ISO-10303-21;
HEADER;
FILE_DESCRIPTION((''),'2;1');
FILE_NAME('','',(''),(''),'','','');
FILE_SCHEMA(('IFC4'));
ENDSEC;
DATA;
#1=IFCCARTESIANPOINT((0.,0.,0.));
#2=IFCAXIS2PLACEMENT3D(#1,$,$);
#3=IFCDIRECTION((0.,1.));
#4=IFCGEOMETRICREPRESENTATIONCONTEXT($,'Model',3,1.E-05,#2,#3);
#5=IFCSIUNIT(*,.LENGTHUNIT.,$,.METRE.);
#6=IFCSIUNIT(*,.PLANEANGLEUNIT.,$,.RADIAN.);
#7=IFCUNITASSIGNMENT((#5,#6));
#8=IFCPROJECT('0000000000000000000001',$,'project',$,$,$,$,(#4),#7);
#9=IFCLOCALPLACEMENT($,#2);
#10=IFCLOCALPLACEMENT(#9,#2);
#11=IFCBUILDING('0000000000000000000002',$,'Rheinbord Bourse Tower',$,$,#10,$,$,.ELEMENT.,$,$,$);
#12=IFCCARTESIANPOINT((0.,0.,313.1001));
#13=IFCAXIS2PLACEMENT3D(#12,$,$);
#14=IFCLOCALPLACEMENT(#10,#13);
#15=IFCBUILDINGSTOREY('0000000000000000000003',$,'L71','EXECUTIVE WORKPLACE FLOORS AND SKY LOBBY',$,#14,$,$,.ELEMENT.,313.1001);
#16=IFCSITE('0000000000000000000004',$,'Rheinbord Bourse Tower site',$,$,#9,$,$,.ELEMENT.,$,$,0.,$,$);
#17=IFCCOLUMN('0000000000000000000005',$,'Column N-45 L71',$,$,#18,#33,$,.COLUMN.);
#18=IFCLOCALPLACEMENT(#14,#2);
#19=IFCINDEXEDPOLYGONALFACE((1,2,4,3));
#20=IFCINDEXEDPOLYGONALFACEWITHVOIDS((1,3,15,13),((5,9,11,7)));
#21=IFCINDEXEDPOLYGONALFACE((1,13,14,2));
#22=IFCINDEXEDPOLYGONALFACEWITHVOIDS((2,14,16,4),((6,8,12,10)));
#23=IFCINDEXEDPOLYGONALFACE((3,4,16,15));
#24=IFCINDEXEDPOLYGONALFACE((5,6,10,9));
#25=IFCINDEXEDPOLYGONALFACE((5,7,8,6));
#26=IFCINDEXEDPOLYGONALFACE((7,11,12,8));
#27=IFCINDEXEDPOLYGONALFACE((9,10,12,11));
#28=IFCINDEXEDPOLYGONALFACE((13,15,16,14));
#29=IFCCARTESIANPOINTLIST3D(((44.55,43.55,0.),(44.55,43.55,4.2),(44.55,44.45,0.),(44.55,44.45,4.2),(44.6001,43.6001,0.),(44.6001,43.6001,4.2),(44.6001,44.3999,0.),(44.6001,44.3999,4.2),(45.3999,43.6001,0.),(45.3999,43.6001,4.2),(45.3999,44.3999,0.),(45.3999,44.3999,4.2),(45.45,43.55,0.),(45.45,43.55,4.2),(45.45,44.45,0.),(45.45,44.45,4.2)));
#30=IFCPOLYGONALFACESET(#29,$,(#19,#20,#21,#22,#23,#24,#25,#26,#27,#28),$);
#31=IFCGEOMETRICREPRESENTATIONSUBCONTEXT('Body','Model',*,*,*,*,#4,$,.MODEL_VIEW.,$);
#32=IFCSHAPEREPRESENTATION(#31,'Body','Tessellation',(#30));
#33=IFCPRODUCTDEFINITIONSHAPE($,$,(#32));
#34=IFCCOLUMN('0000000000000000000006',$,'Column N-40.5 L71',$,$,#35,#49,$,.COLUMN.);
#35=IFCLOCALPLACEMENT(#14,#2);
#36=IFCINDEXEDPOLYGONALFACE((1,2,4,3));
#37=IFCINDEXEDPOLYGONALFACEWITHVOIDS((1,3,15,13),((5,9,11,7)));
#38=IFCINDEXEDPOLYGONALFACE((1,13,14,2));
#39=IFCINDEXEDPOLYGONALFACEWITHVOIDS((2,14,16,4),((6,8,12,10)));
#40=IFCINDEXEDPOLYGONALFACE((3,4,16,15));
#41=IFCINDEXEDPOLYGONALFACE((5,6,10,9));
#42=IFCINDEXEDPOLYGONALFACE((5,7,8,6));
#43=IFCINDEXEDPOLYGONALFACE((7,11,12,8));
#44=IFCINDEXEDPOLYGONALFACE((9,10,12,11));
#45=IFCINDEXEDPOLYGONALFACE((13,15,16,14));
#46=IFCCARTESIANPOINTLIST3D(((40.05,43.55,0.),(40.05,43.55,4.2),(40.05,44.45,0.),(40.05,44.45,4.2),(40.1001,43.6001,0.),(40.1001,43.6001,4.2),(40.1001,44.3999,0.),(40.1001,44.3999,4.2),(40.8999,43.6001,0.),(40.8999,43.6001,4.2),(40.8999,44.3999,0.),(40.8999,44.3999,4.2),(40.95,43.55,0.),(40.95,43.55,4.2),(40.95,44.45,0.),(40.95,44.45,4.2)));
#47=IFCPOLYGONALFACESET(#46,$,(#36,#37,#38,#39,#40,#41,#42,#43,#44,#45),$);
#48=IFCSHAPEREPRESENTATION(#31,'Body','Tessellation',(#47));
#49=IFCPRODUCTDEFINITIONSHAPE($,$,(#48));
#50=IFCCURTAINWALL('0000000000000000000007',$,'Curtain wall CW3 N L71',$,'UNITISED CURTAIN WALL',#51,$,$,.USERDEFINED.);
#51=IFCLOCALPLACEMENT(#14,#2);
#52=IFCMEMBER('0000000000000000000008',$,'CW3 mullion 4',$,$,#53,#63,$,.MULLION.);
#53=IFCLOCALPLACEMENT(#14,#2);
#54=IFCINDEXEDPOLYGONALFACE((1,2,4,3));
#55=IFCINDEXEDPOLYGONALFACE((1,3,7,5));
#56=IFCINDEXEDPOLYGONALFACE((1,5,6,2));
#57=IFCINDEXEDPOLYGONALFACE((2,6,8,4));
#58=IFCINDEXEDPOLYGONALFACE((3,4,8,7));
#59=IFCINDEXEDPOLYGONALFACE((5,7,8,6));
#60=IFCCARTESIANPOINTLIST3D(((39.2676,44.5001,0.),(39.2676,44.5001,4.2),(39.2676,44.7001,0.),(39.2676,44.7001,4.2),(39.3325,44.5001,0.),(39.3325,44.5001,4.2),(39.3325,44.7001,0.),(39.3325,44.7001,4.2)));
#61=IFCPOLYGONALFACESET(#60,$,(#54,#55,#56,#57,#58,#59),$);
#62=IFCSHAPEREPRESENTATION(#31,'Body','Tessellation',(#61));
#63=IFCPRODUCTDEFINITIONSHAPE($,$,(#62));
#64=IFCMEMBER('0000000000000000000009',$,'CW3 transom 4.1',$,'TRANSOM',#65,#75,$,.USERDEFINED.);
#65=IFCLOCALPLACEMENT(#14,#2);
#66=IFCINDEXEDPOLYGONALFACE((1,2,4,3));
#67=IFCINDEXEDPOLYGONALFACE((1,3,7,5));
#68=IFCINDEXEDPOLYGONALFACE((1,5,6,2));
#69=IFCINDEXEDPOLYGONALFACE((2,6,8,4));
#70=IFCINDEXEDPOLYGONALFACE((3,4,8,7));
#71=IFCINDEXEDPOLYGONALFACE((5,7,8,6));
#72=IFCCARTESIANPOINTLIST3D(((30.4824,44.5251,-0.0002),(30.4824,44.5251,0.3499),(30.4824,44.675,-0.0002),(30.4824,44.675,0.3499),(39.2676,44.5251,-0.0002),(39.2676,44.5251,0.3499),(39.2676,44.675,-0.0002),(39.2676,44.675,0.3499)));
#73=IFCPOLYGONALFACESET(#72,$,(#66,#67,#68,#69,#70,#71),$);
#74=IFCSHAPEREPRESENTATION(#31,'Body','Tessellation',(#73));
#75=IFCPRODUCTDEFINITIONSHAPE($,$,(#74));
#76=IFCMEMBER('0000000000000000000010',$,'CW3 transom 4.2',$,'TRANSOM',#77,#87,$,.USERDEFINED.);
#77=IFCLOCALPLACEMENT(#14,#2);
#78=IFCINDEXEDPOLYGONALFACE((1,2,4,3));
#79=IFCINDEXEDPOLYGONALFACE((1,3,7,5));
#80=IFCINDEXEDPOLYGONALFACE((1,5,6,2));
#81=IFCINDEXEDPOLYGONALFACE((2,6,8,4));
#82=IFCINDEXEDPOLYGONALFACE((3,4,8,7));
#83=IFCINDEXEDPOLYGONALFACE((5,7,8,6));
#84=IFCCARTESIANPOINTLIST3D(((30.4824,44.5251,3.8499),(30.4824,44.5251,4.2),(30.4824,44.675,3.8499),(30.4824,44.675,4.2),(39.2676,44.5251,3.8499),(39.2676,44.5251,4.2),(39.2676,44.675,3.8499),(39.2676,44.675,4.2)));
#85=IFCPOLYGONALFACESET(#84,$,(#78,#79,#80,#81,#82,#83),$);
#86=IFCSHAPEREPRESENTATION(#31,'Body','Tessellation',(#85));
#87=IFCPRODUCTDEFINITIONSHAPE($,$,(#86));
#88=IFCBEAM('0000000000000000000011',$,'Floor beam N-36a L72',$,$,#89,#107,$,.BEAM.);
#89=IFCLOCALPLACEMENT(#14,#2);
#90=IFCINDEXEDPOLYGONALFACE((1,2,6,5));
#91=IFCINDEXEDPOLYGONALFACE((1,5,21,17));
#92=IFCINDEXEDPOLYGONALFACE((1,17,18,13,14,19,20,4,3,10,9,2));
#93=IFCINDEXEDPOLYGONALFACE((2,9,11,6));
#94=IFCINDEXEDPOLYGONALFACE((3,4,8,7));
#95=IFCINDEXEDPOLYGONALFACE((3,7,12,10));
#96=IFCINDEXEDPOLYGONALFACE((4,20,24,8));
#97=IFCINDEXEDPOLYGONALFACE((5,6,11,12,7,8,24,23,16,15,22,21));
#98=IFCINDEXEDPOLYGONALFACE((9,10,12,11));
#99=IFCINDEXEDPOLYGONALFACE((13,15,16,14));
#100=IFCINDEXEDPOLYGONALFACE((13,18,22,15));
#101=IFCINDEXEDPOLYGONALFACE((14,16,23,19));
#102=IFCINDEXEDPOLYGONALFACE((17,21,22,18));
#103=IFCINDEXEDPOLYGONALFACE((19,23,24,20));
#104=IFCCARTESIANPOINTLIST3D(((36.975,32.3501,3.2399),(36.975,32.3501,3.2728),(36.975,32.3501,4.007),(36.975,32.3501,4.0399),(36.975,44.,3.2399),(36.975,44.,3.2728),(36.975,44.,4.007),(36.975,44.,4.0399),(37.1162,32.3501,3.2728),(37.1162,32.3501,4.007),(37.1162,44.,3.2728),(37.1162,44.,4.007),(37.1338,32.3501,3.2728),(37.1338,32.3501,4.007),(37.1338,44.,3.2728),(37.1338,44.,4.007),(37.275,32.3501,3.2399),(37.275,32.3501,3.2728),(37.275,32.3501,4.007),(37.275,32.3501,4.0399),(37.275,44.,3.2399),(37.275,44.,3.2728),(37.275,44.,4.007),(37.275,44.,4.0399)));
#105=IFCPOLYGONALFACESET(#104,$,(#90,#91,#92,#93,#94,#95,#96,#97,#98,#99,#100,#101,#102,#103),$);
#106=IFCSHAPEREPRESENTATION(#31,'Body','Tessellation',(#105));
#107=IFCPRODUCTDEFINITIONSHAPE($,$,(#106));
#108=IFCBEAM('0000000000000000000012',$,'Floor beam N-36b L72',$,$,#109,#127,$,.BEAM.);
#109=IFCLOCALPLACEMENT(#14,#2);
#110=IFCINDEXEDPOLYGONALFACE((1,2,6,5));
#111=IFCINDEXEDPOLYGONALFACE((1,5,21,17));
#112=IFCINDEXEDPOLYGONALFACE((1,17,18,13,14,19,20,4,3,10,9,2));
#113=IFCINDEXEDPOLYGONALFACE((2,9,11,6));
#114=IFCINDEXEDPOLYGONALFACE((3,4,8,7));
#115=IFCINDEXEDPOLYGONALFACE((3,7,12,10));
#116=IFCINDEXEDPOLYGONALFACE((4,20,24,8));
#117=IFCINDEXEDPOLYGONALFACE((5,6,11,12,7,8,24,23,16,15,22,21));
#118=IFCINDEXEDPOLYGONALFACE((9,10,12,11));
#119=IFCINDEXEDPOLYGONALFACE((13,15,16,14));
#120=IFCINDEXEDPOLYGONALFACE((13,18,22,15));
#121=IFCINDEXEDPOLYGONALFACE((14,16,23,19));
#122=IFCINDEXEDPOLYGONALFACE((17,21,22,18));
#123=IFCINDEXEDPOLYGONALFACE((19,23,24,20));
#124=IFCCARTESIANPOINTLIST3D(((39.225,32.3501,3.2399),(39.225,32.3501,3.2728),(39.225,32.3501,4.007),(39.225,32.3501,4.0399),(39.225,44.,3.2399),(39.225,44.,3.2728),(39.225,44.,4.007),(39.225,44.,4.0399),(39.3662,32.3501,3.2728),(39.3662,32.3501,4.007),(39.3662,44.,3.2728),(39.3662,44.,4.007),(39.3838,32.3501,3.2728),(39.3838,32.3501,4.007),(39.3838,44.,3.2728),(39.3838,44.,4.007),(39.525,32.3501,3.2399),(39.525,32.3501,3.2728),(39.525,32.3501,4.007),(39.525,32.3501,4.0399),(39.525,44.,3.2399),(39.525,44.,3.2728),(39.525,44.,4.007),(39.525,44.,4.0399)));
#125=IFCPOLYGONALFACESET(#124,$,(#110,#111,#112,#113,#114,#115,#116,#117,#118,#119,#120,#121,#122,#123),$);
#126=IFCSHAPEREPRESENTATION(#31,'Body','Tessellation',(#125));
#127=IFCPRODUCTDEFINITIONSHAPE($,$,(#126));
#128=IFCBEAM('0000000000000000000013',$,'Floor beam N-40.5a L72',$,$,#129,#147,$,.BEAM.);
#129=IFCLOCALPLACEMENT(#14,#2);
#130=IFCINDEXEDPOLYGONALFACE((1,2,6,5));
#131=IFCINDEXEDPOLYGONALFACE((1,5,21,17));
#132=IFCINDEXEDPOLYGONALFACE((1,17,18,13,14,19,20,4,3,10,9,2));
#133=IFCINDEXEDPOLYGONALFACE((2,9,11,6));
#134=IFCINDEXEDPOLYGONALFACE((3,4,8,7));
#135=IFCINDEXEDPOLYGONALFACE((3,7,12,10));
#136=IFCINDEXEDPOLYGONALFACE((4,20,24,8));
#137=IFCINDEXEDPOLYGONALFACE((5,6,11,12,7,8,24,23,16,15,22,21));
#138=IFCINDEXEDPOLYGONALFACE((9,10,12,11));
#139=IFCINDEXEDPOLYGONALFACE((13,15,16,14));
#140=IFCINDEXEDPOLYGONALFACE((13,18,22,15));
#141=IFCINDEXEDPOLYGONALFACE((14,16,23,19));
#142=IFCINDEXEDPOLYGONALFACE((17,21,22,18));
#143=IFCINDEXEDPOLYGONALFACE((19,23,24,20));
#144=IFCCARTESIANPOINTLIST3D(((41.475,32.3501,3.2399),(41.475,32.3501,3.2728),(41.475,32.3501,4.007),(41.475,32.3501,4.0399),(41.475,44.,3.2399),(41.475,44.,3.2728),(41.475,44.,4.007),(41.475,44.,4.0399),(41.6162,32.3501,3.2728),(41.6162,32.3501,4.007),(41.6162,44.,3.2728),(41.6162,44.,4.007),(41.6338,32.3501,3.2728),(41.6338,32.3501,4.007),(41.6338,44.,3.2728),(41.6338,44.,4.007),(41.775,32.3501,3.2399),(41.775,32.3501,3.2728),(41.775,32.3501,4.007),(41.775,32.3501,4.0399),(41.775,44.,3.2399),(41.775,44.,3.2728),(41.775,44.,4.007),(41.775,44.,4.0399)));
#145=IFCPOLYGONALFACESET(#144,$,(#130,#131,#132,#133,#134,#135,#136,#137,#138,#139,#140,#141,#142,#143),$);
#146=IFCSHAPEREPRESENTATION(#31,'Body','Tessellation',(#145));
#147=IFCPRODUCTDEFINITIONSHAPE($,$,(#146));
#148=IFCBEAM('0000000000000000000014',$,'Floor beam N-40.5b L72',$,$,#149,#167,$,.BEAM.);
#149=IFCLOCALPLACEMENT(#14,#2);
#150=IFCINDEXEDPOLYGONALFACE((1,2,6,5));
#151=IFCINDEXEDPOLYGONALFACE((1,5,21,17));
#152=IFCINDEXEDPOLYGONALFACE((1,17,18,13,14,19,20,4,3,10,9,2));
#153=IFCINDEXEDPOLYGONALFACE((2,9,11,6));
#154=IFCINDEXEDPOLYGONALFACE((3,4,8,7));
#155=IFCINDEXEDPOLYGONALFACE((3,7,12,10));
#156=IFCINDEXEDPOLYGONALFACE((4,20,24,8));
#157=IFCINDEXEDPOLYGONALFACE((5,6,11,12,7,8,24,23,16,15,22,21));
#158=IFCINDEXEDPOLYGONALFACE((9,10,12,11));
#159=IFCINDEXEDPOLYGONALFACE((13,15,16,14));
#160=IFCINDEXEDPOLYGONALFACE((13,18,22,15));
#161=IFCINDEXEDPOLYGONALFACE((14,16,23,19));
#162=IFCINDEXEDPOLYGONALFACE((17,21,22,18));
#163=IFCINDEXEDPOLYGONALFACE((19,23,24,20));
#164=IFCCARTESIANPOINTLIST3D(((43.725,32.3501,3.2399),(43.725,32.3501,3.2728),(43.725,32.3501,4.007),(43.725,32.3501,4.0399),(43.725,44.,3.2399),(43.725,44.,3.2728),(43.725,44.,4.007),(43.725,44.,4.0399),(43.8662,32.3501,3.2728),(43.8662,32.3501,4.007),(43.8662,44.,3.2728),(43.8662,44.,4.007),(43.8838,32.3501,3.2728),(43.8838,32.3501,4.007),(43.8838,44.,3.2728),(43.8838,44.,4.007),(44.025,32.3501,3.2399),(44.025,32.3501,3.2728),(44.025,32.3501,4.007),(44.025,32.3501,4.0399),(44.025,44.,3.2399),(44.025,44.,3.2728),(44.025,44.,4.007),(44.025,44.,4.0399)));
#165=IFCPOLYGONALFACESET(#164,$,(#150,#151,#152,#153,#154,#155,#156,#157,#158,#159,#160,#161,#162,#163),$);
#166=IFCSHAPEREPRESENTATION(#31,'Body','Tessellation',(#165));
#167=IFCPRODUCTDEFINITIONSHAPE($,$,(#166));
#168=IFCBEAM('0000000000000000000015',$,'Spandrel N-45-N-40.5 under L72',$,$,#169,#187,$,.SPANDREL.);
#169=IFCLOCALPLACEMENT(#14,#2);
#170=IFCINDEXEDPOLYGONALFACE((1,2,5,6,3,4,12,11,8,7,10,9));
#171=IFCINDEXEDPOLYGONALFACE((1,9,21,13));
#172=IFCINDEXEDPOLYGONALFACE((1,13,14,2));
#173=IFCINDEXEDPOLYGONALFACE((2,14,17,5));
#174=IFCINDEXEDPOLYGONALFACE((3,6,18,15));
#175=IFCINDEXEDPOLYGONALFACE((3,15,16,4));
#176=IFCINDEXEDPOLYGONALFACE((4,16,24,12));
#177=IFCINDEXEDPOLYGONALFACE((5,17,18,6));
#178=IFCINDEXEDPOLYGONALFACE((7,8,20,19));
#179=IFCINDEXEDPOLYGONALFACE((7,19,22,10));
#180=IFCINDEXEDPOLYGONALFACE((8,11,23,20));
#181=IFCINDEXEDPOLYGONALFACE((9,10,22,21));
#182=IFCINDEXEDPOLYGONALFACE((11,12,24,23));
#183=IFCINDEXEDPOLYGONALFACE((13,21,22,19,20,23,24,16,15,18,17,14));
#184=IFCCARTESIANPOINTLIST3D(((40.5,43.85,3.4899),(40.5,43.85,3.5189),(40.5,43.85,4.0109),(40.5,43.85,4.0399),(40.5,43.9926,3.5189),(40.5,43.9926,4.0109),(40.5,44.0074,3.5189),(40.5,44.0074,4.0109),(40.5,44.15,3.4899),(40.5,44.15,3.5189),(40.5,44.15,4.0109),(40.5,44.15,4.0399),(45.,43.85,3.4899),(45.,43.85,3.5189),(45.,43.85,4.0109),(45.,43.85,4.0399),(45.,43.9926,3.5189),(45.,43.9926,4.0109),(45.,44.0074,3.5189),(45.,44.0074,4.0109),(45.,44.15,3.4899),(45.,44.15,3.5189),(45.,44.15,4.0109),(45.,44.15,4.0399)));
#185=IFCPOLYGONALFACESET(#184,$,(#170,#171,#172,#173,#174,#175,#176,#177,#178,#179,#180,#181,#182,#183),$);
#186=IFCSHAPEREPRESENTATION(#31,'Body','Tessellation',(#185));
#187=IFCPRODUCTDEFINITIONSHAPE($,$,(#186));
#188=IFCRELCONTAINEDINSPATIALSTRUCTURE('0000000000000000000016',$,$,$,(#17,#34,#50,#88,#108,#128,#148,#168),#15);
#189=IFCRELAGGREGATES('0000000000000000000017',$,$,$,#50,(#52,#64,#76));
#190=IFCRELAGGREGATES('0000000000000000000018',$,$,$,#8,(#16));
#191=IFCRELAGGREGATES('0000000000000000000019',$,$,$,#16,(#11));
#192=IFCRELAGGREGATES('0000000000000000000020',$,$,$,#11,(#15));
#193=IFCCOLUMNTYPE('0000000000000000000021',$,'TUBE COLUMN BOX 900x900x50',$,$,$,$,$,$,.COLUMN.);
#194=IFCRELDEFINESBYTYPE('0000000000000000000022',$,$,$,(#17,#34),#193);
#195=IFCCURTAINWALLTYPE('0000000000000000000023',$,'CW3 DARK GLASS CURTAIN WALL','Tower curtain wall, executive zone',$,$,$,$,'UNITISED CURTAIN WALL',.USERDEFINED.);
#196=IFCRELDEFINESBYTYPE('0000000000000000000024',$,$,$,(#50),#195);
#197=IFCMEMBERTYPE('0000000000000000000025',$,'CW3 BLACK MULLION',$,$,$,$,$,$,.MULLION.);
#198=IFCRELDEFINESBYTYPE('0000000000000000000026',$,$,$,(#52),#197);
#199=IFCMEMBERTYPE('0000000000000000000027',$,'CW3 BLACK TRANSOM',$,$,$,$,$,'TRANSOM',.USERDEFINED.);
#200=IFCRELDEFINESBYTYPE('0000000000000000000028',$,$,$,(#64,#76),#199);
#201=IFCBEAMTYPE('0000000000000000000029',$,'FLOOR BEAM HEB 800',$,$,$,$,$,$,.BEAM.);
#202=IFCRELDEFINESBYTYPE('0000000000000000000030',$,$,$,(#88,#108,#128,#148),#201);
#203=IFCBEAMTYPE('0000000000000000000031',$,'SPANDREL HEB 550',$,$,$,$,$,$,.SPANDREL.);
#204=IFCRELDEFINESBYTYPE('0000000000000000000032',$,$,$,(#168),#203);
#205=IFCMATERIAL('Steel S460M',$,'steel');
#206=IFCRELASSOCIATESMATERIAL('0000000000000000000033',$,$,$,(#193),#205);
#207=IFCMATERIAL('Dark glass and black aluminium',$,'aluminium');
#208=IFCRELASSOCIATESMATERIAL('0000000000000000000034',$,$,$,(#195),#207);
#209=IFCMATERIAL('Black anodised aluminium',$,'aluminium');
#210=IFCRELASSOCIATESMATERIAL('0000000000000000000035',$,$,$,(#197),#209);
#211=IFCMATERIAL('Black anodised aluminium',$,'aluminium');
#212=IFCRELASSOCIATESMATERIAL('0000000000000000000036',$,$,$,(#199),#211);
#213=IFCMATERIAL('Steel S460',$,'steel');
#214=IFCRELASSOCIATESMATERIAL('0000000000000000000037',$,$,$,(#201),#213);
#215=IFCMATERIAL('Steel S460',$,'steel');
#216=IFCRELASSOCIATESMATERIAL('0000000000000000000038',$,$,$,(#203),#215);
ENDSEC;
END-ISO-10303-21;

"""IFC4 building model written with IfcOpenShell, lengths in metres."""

from ifc_helpers import new_model, si_unit, direction, frame, origin, origin_2d, place, context, subcontext, project, spatial, rectangle, hollow_rectangle, i_section, extrude, material, material_profile, profile_set, type_object, element, aggregate, save


model = new_model("IFC4")

# Units and contexts
model_context = context("Model", 3, precision=1e-05, world=origin(), true_north=direction((0.0, 1.0)))
body_context = subcontext(model_context, "Body", "Model", "MODEL_VIEW")
ifc_project = project(units=[si_unit("LENGTHUNIT", "METRE"), si_unit("PLANEANGLEUNIT", "RADIAN")], contexts=[model_context])

# Site, building, storey
site_placement = place(None, origin())
site = spatial("IfcSite", under=ifc_project, at=site_placement, Name="Rheinbord Bourse Tower site", CompositionType="ELEMENT", RefElevation=0.0)
building_placement = place(site_placement, origin())
building = spatial("IfcBuilding", under=site, at=building_placement, Name="Rheinbord Bourse Tower", CompositionType="ELEMENT")
storey_placement = place(building_placement, frame((0.0, 0.0, 313.1001)))
storey = spatial("IfcBuildingStorey", under=building, at=storey_placement, Name="L71", Description="EXECUTIVE WORKPLACE FLOORS AND SKY LOBBY", CompositionType="ELEMENT", Elevation=313.1001)

# Columns
ifc_material_1 = material(Name="Steel S460M", Category="steel")
ifc_material_profile_1 = material_profile(ifc_material_1, hollow_rectangle(XDim=0.8999, YDim=0.8999, WallThickness=0.05, at=origin_2d()), Name="BOX 900x900x50")
ifc_profile_set_1 = profile_set([ifc_material_profile_1], Name="Steel S460M")
column_type = type_object("IfcColumnType", Name="TUBE COLUMN BOX 900x900x50", PredefinedType="COLUMN", material=ifc_profile_set_1)
for number, where, z_axis, x_axis, name in (
    (1, (45.0, 44.0, 0.0), (0.0, 0.0, 1.0), (0.0, 1.0, 0.0), "Column N-45 L71"),
    (2, (40.5, 44.0, 0.0), (0.0, 0.0, 1.0), (0.0, 1.0, 0.0), "Column N-40.5 L71"),
):
    element("IfcColumn", number, at=place(storey_placement, frame(where, z_axis=z_axis, x_axis=x_axis)), inside=storey, type_object=column_type, Name=name, PredefinedType="COLUMN", context=body_context, shape_type="SweptSolid", body=[
        extrude(hollow_rectangle(XDim=0.8999, YDim=0.8999, WallThickness=0.05, at=origin_2d()), origin(), (0.0, 0.0, 1.0), 4.2),
    ])

# Curtain wall, members
ifc_material_2 = material(Name="Dark glass and black aluminium", Category="aluminium")
curtain_wall_type = type_object("IfcCurtainWallType", Name="CW3 DARK GLASS CURTAIN WALL", Description="Tower curtain wall, executive zone", ElementType="UNITISED CURTAIN WALL", PredefinedType="USERDEFINED", material=ifc_material_2)
curtain_wall_placement = place(storey_placement, origin())
curtain_wall = element("IfcCurtainWall", 3, at=curtain_wall_placement, inside=storey, type_object=curtain_wall_type, Name="Curtain wall CW3 N L71", ObjectType="UNITISED CURTAIN WALL", PredefinedType="USERDEFINED")
ifc_material_3 = material(Name="Black anodised aluminium", Category="aluminium")
ifc_material_profile_2 = material_profile(ifc_material_3, rectangle(XDim=0.2, YDim=0.0649, at=origin_2d()), Name="CW3 MULLION 65x200")
ifc_profile_set_2 = profile_set([ifc_material_profile_2], Name="Black anodised aluminium")
member_type_1 = type_object("IfcMemberType", Name="CW3 BLACK MULLION", PredefinedType="MULLION", material=ifc_profile_set_2)
member_1_placement = place(storey_placement, frame((39.3, 44.6001, 0.0), z_axis=(0.0, 0.0, 1.0), x_axis=(0.0, -1.0, 0.0)))
member_1 = element("IfcMember", 4, at=member_1_placement, type_object=member_type_1, Name="CW3 mullion 4", PredefinedType="MULLION", context=body_context, shape_type="SweptSolid", body=[
    extrude(rectangle(XDim=0.2, YDim=0.0649, at=origin_2d()), origin(), (0.0, 0.0, 1.0), 4.2),
])
ifc_material_4 = material(Name="Black anodised aluminium", Category="aluminium")
ifc_material_profile_3 = material_profile(ifc_material_4, rectangle(XDim=0.1499, YDim=0.3501, at=origin_2d()), Name="CW3 TRANSOM 350x150")
ifc_profile_set_3 = profile_set([ifc_material_profile_3], Name="Black anodised aluminium")
member_type_2 = type_object("IfcMemberType", Name="CW3 BLACK TRANSOM", ElementType="TRANSOM", PredefinedType="USERDEFINED", material=ifc_profile_set_3)
member_2_placement = place(storey_placement, frame((39.2676, 44.6001, 0.1748), z_axis=(-1.0, 0.0, 0.0), x_axis=(0.0, -1.0, 0.0)))
member_2 = element("IfcMember", 5, at=member_2_placement, type_object=member_type_2, Name="CW3 transom 4.1", ObjectType="TRANSOM", PredefinedType="USERDEFINED", context=body_context, shape_type="SweptSolid", body=[
    extrude(rectangle(XDim=0.1499, YDim=0.3501, at=origin_2d()), origin(), (0.0, 0.0, 1.0), 8.7852),
])
member_3_placement = place(storey_placement, frame((39.2676, 44.6001, 4.0249), z_axis=(-1.0, 0.0, 0.0), x_axis=(0.0, -1.0, 0.0)))
member_3 = element("IfcMember", 6, at=member_3_placement, type_object=member_type_2, Name="CW3 transom 4.2", ObjectType="TRANSOM", PredefinedType="USERDEFINED", context=body_context, shape_type="SweptSolid", body=[
    extrude(rectangle(XDim=0.1499, YDim=0.3501, at=origin_2d()), origin(), (0.0, 0.0, 1.0), 8.7852),
])
aggregate(curtain_wall, [member_1, member_2, member_3])

# Beams
ifc_material_5 = material(Name="Steel S460", Category="steel")
ifc_material_profile_4 = material_profile(ifc_material_5, i_section(OverallWidth=0.3, OverallDepth=0.8, WebThickness=0.0176, FlangeThickness=0.033, at=origin_2d()), Name="HEB 800")
ifc_profile_set_4 = profile_set([ifc_material_profile_4], Name="Steel S460")
beam_type_1 = type_object("IfcBeamType", Name="FLOOR BEAM HEB 800", PredefinedType="BEAM", material=ifc_profile_set_4)
for number, where, z_axis, x_axis, name in (
    (7, (37.125, 44.0, 3.6399), (0.0, -1.0, 0.0), (1.0, 0.0, 0.0), "Floor beam N-36a L72"),
    (8, (39.375, 44.0, 3.6399), (0.0, -1.0, 0.0), (1.0, 0.0, 0.0), "Floor beam N-36b L72"),
    (9, (41.625, 44.0, 3.6399), (0.0, -1.0, 0.0), (1.0, 0.0, 0.0), "Floor beam N-40.5a L72"),
    (10, (43.875, 44.0, 3.6399), (0.0, -1.0, 0.0), (1.0, 0.0, 0.0), "Floor beam N-40.5b L72"),
):
    element("IfcBeam", number, at=place(storey_placement, frame(where, z_axis=z_axis, x_axis=x_axis)), inside=storey, type_object=beam_type_1, Name=name, PredefinedType="BEAM", context=body_context, shape_type="SweptSolid", body=[
        extrude(i_section(OverallWidth=0.3, OverallDepth=0.8, WebThickness=0.0176, FlangeThickness=0.033, at=origin_2d()), origin(), (0.0, 0.0, 1.0), 11.6499),
    ])
ifc_material_6 = material(Name="Steel S460", Category="steel")
ifc_material_profile_5 = material_profile(ifc_material_6, i_section(OverallWidth=0.3, OverallDepth=0.55, WebThickness=0.0149, FlangeThickness=0.0291, at=origin_2d()), Name="HEB 550")
ifc_profile_set_5 = profile_set([ifc_material_profile_5], Name="Steel S460")
beam_type_2 = type_object("IfcBeamType", Name="SPANDREL HEB 550", PredefinedType="SPANDREL", material=ifc_profile_set_5)
for number, where, z_axis, x_axis, name in (
    (11, (45.0, 44.0, 3.7649), (-1.0, 0.0, 0.0), (0.0, -1.0, 0.0), "Spandrel N-45-N-40.5 under L72"),
):
    element("IfcBeam", number, at=place(storey_placement, frame(where, z_axis=z_axis, x_axis=x_axis)), inside=storey, type_object=beam_type_2, Name=name, PredefinedType="SPANDREL", context=body_context, shape_type="SweptSolid", body=[
        extrude(i_section(OverallWidth=0.3, OverallDepth=0.55, WebThickness=0.0149, FlangeThickness=0.0291, at=origin_2d()), origin(), (0.0, 0.0, 1.0), 4.5),
    ])

save(model, "model.ifc")
